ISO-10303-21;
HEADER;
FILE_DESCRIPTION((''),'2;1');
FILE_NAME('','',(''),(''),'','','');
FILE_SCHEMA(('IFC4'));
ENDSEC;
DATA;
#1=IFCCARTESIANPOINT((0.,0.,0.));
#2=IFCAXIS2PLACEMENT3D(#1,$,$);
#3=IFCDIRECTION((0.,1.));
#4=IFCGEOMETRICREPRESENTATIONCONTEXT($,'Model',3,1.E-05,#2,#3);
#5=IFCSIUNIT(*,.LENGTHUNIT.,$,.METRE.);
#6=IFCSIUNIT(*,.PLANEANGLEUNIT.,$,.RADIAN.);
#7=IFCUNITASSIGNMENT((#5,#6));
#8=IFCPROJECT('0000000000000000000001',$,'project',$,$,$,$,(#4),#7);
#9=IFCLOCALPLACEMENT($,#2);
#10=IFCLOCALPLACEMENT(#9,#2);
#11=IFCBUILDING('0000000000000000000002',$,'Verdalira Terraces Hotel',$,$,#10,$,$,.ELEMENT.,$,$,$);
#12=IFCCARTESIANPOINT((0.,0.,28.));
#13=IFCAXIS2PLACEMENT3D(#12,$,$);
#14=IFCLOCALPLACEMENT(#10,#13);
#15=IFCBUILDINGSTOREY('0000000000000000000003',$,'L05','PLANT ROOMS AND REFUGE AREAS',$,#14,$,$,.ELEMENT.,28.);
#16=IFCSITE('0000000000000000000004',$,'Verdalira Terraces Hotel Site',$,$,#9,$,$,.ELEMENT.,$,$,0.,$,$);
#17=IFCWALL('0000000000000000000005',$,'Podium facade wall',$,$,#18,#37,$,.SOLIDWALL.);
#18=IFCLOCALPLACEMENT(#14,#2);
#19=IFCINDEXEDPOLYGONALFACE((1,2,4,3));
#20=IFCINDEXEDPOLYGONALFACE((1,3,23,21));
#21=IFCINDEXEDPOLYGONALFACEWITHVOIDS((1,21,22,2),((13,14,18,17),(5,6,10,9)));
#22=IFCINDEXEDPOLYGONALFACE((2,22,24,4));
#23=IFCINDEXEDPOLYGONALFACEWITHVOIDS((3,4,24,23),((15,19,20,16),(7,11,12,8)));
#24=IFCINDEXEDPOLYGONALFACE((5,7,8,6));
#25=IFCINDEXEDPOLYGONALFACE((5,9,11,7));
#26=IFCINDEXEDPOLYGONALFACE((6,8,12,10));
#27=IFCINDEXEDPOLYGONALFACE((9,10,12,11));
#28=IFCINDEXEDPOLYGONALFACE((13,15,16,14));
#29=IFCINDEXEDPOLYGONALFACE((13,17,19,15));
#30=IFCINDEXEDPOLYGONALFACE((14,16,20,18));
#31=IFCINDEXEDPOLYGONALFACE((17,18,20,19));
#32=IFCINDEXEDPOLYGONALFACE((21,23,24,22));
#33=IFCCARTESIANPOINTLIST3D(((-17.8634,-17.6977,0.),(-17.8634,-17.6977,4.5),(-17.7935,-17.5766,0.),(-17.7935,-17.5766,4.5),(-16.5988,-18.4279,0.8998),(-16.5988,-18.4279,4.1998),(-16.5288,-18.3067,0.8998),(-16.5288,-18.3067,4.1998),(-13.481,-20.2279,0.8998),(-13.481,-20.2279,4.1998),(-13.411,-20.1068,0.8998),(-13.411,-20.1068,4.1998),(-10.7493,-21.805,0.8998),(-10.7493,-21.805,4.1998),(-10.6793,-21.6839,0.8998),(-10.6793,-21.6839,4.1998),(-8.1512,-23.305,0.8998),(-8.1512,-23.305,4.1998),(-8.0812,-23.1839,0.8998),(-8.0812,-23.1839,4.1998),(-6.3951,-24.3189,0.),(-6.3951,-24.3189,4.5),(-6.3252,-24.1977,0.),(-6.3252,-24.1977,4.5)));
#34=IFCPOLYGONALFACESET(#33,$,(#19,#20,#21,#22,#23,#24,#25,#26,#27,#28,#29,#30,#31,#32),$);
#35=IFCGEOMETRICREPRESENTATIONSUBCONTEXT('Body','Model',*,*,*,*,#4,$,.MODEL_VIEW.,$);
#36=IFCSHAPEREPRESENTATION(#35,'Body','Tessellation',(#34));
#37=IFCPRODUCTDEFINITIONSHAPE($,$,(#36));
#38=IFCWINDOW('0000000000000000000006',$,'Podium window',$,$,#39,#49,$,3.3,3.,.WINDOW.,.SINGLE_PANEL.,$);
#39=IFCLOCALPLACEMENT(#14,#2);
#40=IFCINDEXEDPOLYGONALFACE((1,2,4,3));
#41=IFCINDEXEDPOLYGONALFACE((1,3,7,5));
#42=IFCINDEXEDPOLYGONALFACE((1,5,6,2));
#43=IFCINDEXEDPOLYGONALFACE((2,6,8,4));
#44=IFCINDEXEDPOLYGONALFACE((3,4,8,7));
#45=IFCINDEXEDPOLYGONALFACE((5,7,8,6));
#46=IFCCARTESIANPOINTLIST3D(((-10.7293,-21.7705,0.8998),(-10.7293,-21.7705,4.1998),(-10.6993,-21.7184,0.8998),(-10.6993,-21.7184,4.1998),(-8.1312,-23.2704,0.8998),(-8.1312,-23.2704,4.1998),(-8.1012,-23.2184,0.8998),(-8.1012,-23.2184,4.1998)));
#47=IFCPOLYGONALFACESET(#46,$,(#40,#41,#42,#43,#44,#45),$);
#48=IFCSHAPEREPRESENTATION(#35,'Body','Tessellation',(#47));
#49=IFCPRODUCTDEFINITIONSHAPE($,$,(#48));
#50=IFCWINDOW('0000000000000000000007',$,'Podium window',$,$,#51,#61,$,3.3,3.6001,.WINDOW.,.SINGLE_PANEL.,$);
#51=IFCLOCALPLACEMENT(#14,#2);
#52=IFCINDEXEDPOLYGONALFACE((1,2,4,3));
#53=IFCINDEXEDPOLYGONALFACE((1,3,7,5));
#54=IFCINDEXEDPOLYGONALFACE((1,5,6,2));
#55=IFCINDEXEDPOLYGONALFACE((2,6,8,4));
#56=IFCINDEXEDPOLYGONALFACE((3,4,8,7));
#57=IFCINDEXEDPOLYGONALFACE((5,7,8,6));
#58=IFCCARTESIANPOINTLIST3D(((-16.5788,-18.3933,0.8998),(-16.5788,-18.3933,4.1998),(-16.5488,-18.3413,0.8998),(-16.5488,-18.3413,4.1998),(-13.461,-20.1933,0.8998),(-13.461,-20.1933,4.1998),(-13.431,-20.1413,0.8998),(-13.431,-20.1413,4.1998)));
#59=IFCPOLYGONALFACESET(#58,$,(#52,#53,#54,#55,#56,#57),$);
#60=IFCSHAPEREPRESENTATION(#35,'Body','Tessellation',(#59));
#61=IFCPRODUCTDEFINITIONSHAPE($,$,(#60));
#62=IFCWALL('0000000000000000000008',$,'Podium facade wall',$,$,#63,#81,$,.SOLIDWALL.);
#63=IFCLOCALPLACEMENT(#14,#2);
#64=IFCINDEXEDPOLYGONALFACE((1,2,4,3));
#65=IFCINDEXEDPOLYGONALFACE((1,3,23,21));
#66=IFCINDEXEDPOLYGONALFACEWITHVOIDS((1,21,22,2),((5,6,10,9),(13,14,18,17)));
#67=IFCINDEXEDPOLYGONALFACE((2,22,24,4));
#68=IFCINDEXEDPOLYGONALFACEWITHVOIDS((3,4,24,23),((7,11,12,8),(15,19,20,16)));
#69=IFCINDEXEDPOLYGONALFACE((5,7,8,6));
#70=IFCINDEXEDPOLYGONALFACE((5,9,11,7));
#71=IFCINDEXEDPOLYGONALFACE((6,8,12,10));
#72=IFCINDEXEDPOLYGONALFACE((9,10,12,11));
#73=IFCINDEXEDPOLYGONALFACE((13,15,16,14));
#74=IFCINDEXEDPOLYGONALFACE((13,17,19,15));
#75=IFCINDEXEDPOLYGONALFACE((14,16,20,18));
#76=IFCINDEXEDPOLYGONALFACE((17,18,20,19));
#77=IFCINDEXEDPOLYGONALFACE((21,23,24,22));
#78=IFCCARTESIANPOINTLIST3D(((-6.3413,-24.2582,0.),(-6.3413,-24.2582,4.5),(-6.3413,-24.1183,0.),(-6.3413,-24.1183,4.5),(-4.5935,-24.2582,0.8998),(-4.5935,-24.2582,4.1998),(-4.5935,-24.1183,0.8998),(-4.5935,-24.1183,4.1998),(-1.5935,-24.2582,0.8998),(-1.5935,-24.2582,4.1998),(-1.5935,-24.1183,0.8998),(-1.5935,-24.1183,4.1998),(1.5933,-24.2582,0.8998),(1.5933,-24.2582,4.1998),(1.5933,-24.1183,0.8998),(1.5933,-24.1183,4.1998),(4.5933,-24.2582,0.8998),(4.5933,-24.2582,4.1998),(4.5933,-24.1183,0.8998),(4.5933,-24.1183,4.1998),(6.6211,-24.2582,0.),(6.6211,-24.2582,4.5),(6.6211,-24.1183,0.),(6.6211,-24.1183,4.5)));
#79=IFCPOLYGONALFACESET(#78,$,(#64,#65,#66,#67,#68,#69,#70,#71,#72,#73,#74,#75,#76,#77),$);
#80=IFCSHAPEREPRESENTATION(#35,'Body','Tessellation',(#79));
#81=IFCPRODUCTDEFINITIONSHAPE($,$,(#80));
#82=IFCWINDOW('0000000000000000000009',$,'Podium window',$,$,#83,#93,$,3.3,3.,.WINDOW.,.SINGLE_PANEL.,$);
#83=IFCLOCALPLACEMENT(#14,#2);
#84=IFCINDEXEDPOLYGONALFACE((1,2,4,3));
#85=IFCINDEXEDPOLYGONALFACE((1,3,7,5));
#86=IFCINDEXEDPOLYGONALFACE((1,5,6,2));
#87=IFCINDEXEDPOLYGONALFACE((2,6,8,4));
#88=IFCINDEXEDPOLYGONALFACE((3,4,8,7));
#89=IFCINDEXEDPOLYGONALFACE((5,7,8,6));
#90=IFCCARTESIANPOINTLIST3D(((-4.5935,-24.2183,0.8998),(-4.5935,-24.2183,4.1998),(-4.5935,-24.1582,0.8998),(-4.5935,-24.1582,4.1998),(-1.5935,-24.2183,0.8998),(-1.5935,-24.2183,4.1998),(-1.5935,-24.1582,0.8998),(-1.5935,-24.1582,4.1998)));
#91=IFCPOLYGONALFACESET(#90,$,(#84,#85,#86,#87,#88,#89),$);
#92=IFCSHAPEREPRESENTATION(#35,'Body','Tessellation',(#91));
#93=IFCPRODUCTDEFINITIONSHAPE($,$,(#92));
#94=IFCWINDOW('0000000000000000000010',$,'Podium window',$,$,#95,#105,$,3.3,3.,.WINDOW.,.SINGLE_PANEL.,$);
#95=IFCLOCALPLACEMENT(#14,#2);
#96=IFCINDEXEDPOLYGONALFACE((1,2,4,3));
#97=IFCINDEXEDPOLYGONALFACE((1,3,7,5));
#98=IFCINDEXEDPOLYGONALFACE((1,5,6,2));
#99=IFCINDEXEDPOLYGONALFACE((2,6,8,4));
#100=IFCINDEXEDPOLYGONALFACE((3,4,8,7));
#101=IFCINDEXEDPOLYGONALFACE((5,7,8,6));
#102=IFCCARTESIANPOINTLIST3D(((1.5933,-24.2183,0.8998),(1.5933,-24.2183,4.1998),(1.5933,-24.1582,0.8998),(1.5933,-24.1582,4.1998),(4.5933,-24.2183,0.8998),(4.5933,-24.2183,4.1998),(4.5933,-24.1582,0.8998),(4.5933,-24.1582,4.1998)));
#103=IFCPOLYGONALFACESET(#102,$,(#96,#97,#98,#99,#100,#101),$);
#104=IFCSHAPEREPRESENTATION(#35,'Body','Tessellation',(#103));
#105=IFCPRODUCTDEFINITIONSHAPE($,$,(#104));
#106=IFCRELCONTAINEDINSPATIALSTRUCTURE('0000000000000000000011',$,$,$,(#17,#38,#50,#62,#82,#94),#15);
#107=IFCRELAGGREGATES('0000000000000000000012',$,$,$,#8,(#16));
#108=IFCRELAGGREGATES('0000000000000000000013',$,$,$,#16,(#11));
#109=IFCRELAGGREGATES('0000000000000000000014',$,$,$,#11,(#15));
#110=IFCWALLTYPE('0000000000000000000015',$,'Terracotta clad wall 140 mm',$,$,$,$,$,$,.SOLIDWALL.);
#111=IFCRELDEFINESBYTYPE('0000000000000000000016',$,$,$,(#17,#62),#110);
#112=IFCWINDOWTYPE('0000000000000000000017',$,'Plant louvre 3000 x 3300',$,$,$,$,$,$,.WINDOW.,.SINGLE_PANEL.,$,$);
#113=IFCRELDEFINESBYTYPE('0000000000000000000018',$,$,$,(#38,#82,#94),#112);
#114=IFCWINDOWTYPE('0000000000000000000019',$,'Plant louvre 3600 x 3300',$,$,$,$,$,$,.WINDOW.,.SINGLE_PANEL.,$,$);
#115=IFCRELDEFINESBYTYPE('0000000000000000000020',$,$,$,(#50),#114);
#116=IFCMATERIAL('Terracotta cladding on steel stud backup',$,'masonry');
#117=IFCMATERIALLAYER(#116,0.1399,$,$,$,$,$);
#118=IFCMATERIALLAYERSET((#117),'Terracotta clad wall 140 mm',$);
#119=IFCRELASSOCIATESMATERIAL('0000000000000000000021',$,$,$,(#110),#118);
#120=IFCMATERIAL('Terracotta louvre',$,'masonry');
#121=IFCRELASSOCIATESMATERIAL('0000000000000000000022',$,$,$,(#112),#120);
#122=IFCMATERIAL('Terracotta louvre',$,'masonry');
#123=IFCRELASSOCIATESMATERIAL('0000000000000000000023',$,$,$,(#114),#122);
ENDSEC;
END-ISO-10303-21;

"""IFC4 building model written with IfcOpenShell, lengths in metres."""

from ifc_helpers import new_model, si_unit, direction, frame, frame_2d, origin, place, context, subcontext, project, spatial, rectangle, extrude, material, layer, layer_set, type_object, element, fill, save


model = new_model("IFC4")

# Units and contexts
model_context = context("Model", 3, precision=1e-05, world=origin(), true_north=direction((0.0, 1.0)))
body_context = subcontext(model_context, "Body", "Model", "MODEL_VIEW")
ifc_project = project(units=[si_unit("LENGTHUNIT", "METRE"), si_unit("PLANEANGLEUNIT", "RADIAN")], contexts=[model_context])

# Site, building, storey
site_placement = place(None, origin())
site = spatial("IfcSite", under=ifc_project, at=site_placement, Name="Verdalira Terraces Hotel Site", CompositionType="ELEMENT", RefElevation=0.0)
building_placement = place(site_placement, origin())
building = spatial("IfcBuilding", under=site, at=building_placement, Name="Verdalira Terraces Hotel", CompositionType="ELEMENT")
storey_placement = place(building_placement, frame((0.0, 0.0, 28.0)))
storey = spatial("IfcBuildingStorey", under=building, at=storey_placement, Name="L05", Description="PLANT ROOMS AND REFUGE AREAS", CompositionType="ELEMENT", Elevation=28.0)

# Walls, openings, windows
ifc_material_1 = material(Name="Terracotta cladding on steel stud backup", Category="masonry")
ifc_layer_1 = layer(ifc_material_1, 0.1399)
ifc_layer_set_1 = layer_set([ifc_layer_1], Name="Terracotta clad wall 140 mm")
wall_type_1 = type_object("IfcWallType", Name="Terracotta clad wall 140 mm", PredefinedType="SOLIDWALL", material=ifc_layer_set_1)
wall_1_placement = place(storey_placement, frame((-17.8284, -17.6372, 0.0), z_axis=(0.0, 0.0, 1.0), x_axis=(0.866029, -0.499994, 0.0)))
wall_1 = element("IfcWall", 1, at=wall_1_placement, inside=storey, type_object=wall_type_1, Name="Podium facade wall", PredefinedType="SOLIDWALL", context=body_context, shape_type="SweptSolid", body=[
    extrude(rectangle(XDim=13.2424, YDim=0.1399, at=frame_2d((6.6211, 0.0))), origin(), (0.0, 0.0, 1.0), 4.5),
])
opening_1_placement = place(wall_1_placement, frame((1.4602, 0.0, 0.8999)))
opening_1 = element("IfcOpeningElement", 2, at=opening_1_placement, cuts=wall_1, PredefinedType="OPENING", context=body_context, shape_type="SweptSolid", body=[
    extrude(rectangle(XDim=3.6001, YDim=3.3, at=frame_2d((1.8, 1.6499))), frame((0.0, 0.0798, 0.0), z_axis=(0.0, -1.0, 0.0), x_axis=(1.0, 0.0, 0.0)), (0.0, 0.0, 1.0), 0.1599),
])
opening_2_placement = place(wall_1_placement, frame((8.2146, 0.0, 0.8999)))
opening_2 = element("IfcOpeningElement", 3, at=opening_2_placement, cuts=wall_1, PredefinedType="OPENING", context=body_context, shape_type="SweptSolid", body=[
    extrude(rectangle(XDim=3.0, YDim=3.3, at=frame_2d((1.5, 1.6499))), frame((0.0, 0.0798, 0.0), z_axis=(0.0, -1.0, 0.0), x_axis=(1.0, 0.0, 0.0)), (0.0, 0.0, 1.0), 0.1599),
])
ifc_material_2 = material(Name="Terracotta louvre", Category="masonry")
window_type_1 = type_object("IfcWindowType", Name="Plant louvre 3000 x 3300", PartitioningType="SINGLE_PANEL", PredefinedType="WINDOW", material=ifc_material_2)
window_1_placement = place(opening_2_placement, origin())
window_1 = element("IfcWindow", 4, at=window_1_placement, inside=storey, type_object=window_type_1, Name="Podium window", OverallHeight=3.3, OverallWidth=3.0, PartitioningType="SINGLE_PANEL", PredefinedType="WINDOW", context=body_context, shape_type="SweptSolid", body=[
    extrude(rectangle(XDim=3.0, YDim=3.3, at=frame_2d((1.5, 1.6499))), frame((0.0, 0.03, 0.0), z_axis=(0.0, -1.0, 0.0), x_axis=(1.0, 0.0, 0.0)), (0.0, 0.0, 1.0), 0.0601),
])
fill(opening_2, window_1)
ifc_material_3 = material(Name="Terracotta louvre", Category="masonry")
window_type_2 = type_object("IfcWindowType", Name="Plant louvre 3600 x 3300", PartitioningType="SINGLE_PANEL", PredefinedType="WINDOW", material=ifc_material_3)
window_2_placement = place(opening_1_placement, origin())
window_2 = element("IfcWindow", 5, at=window_2_placement, inside=storey, type_object=window_type_2, Name="Podium window", OverallHeight=3.3, OverallWidth=3.6001, PartitioningType="SINGLE_PANEL", PredefinedType="WINDOW", context=body_context, shape_type="SweptSolid", body=[
    extrude(rectangle(XDim=3.6001, YDim=3.3, at=frame_2d((1.8, 1.6499))), frame((0.0, 0.03, 0.0), z_axis=(0.0, -1.0, 0.0), x_axis=(1.0, 0.0, 0.0)), (0.0, 0.0, 1.0), 0.0601),
])
fill(opening_1, window_2)
wall_2_placement = place(storey_placement, frame((-6.3413, -24.1882, 0.0), z_axis=(0.0, 0.0, 1.0), x_axis=(1.0, 0.0, 0.0)))
wall_2 = element("IfcWall", 6, at=wall_2_placement, inside=storey, type_object=wall_type_1, Name="Podium facade wall", PredefinedType="SOLIDWALL", context=body_context, shape_type="SweptSolid", body=[
    extrude(rectangle(XDim=12.9624, YDim=0.1399, at=frame_2d((6.4812, 0.0))), origin(), (0.0, 0.0, 1.0), 4.5),
])
opening_3_placement = place(wall_2_placement, frame((1.7478, 0.0, 0.8999)))
opening_3 = element("IfcOpeningElement", 7, at=opening_3_placement, cuts=wall_2, PredefinedType="OPENING", context=body_context, shape_type="SweptSolid", body=[
    extrude(rectangle(XDim=3.0, YDim=3.3, at=frame_2d((1.5, 1.6499))), frame((0.0, 0.0798, 0.0), z_axis=(0.0, -1.0, 0.0), x_axis=(1.0, 0.0, 0.0)), (0.0, 0.0, 1.0), 0.1599),
])
opening_4_placement = place(wall_2_placement, frame((7.9346, 0.0, 0.8999)))
opening_4 = element("IfcOpeningElement", 8, at=opening_4_placement, cuts=wall_2, PredefinedType="OPENING", context=body_context, shape_type="SweptSolid", body=[
    extrude(rectangle(XDim=3.0, YDim=3.3, at=frame_2d((1.5, 1.6499))), frame((0.0, 0.0798, 0.0), z_axis=(0.0, -1.0, 0.0), x_axis=(1.0, 0.0, 0.0)), (0.0, 0.0, 1.0), 0.1599),
])
window_3_placement = place(opening_3_placement, origin())
window_3 = element("IfcWindow", 9, at=window_3_placement, inside=storey, type_object=window_type_1, Name="Podium window", OverallHeight=3.3, OverallWidth=3.0, PartitioningType="SINGLE_PANEL", PredefinedType="WINDOW", context=body_context, shape_type="SweptSolid", body=[
    extrude(rectangle(XDim=3.0, YDim=3.3, at=frame_2d((1.5, 1.6499))), frame((0.0, 0.03, 0.0), z_axis=(0.0, -1.0, 0.0), x_axis=(1.0, 0.0, 0.0)), (0.0, 0.0, 1.0), 0.0601),
])
fill(opening_3, window_3)
window_4_placement = place(opening_4_placement, origin())
window_4 = element("IfcWindow", 10, at=window_4_placement, inside=storey, type_object=window_type_1, Name="Podium window", OverallHeight=3.3, OverallWidth=3.0, PartitioningType="SINGLE_PANEL", PredefinedType="WINDOW", context=body_context, shape_type="SweptSolid", body=[
    extrude(rectangle(XDim=3.0, YDim=3.3, at=frame_2d((1.5, 1.6499))), frame((0.0, 0.03, 0.0), z_axis=(0.0, -1.0, 0.0), x_axis=(1.0, 0.0, 0.0)), (0.0, 0.0, 1.0), 0.0601),
])
fill(opening_4, window_4)

save(model, "model.ifc")
